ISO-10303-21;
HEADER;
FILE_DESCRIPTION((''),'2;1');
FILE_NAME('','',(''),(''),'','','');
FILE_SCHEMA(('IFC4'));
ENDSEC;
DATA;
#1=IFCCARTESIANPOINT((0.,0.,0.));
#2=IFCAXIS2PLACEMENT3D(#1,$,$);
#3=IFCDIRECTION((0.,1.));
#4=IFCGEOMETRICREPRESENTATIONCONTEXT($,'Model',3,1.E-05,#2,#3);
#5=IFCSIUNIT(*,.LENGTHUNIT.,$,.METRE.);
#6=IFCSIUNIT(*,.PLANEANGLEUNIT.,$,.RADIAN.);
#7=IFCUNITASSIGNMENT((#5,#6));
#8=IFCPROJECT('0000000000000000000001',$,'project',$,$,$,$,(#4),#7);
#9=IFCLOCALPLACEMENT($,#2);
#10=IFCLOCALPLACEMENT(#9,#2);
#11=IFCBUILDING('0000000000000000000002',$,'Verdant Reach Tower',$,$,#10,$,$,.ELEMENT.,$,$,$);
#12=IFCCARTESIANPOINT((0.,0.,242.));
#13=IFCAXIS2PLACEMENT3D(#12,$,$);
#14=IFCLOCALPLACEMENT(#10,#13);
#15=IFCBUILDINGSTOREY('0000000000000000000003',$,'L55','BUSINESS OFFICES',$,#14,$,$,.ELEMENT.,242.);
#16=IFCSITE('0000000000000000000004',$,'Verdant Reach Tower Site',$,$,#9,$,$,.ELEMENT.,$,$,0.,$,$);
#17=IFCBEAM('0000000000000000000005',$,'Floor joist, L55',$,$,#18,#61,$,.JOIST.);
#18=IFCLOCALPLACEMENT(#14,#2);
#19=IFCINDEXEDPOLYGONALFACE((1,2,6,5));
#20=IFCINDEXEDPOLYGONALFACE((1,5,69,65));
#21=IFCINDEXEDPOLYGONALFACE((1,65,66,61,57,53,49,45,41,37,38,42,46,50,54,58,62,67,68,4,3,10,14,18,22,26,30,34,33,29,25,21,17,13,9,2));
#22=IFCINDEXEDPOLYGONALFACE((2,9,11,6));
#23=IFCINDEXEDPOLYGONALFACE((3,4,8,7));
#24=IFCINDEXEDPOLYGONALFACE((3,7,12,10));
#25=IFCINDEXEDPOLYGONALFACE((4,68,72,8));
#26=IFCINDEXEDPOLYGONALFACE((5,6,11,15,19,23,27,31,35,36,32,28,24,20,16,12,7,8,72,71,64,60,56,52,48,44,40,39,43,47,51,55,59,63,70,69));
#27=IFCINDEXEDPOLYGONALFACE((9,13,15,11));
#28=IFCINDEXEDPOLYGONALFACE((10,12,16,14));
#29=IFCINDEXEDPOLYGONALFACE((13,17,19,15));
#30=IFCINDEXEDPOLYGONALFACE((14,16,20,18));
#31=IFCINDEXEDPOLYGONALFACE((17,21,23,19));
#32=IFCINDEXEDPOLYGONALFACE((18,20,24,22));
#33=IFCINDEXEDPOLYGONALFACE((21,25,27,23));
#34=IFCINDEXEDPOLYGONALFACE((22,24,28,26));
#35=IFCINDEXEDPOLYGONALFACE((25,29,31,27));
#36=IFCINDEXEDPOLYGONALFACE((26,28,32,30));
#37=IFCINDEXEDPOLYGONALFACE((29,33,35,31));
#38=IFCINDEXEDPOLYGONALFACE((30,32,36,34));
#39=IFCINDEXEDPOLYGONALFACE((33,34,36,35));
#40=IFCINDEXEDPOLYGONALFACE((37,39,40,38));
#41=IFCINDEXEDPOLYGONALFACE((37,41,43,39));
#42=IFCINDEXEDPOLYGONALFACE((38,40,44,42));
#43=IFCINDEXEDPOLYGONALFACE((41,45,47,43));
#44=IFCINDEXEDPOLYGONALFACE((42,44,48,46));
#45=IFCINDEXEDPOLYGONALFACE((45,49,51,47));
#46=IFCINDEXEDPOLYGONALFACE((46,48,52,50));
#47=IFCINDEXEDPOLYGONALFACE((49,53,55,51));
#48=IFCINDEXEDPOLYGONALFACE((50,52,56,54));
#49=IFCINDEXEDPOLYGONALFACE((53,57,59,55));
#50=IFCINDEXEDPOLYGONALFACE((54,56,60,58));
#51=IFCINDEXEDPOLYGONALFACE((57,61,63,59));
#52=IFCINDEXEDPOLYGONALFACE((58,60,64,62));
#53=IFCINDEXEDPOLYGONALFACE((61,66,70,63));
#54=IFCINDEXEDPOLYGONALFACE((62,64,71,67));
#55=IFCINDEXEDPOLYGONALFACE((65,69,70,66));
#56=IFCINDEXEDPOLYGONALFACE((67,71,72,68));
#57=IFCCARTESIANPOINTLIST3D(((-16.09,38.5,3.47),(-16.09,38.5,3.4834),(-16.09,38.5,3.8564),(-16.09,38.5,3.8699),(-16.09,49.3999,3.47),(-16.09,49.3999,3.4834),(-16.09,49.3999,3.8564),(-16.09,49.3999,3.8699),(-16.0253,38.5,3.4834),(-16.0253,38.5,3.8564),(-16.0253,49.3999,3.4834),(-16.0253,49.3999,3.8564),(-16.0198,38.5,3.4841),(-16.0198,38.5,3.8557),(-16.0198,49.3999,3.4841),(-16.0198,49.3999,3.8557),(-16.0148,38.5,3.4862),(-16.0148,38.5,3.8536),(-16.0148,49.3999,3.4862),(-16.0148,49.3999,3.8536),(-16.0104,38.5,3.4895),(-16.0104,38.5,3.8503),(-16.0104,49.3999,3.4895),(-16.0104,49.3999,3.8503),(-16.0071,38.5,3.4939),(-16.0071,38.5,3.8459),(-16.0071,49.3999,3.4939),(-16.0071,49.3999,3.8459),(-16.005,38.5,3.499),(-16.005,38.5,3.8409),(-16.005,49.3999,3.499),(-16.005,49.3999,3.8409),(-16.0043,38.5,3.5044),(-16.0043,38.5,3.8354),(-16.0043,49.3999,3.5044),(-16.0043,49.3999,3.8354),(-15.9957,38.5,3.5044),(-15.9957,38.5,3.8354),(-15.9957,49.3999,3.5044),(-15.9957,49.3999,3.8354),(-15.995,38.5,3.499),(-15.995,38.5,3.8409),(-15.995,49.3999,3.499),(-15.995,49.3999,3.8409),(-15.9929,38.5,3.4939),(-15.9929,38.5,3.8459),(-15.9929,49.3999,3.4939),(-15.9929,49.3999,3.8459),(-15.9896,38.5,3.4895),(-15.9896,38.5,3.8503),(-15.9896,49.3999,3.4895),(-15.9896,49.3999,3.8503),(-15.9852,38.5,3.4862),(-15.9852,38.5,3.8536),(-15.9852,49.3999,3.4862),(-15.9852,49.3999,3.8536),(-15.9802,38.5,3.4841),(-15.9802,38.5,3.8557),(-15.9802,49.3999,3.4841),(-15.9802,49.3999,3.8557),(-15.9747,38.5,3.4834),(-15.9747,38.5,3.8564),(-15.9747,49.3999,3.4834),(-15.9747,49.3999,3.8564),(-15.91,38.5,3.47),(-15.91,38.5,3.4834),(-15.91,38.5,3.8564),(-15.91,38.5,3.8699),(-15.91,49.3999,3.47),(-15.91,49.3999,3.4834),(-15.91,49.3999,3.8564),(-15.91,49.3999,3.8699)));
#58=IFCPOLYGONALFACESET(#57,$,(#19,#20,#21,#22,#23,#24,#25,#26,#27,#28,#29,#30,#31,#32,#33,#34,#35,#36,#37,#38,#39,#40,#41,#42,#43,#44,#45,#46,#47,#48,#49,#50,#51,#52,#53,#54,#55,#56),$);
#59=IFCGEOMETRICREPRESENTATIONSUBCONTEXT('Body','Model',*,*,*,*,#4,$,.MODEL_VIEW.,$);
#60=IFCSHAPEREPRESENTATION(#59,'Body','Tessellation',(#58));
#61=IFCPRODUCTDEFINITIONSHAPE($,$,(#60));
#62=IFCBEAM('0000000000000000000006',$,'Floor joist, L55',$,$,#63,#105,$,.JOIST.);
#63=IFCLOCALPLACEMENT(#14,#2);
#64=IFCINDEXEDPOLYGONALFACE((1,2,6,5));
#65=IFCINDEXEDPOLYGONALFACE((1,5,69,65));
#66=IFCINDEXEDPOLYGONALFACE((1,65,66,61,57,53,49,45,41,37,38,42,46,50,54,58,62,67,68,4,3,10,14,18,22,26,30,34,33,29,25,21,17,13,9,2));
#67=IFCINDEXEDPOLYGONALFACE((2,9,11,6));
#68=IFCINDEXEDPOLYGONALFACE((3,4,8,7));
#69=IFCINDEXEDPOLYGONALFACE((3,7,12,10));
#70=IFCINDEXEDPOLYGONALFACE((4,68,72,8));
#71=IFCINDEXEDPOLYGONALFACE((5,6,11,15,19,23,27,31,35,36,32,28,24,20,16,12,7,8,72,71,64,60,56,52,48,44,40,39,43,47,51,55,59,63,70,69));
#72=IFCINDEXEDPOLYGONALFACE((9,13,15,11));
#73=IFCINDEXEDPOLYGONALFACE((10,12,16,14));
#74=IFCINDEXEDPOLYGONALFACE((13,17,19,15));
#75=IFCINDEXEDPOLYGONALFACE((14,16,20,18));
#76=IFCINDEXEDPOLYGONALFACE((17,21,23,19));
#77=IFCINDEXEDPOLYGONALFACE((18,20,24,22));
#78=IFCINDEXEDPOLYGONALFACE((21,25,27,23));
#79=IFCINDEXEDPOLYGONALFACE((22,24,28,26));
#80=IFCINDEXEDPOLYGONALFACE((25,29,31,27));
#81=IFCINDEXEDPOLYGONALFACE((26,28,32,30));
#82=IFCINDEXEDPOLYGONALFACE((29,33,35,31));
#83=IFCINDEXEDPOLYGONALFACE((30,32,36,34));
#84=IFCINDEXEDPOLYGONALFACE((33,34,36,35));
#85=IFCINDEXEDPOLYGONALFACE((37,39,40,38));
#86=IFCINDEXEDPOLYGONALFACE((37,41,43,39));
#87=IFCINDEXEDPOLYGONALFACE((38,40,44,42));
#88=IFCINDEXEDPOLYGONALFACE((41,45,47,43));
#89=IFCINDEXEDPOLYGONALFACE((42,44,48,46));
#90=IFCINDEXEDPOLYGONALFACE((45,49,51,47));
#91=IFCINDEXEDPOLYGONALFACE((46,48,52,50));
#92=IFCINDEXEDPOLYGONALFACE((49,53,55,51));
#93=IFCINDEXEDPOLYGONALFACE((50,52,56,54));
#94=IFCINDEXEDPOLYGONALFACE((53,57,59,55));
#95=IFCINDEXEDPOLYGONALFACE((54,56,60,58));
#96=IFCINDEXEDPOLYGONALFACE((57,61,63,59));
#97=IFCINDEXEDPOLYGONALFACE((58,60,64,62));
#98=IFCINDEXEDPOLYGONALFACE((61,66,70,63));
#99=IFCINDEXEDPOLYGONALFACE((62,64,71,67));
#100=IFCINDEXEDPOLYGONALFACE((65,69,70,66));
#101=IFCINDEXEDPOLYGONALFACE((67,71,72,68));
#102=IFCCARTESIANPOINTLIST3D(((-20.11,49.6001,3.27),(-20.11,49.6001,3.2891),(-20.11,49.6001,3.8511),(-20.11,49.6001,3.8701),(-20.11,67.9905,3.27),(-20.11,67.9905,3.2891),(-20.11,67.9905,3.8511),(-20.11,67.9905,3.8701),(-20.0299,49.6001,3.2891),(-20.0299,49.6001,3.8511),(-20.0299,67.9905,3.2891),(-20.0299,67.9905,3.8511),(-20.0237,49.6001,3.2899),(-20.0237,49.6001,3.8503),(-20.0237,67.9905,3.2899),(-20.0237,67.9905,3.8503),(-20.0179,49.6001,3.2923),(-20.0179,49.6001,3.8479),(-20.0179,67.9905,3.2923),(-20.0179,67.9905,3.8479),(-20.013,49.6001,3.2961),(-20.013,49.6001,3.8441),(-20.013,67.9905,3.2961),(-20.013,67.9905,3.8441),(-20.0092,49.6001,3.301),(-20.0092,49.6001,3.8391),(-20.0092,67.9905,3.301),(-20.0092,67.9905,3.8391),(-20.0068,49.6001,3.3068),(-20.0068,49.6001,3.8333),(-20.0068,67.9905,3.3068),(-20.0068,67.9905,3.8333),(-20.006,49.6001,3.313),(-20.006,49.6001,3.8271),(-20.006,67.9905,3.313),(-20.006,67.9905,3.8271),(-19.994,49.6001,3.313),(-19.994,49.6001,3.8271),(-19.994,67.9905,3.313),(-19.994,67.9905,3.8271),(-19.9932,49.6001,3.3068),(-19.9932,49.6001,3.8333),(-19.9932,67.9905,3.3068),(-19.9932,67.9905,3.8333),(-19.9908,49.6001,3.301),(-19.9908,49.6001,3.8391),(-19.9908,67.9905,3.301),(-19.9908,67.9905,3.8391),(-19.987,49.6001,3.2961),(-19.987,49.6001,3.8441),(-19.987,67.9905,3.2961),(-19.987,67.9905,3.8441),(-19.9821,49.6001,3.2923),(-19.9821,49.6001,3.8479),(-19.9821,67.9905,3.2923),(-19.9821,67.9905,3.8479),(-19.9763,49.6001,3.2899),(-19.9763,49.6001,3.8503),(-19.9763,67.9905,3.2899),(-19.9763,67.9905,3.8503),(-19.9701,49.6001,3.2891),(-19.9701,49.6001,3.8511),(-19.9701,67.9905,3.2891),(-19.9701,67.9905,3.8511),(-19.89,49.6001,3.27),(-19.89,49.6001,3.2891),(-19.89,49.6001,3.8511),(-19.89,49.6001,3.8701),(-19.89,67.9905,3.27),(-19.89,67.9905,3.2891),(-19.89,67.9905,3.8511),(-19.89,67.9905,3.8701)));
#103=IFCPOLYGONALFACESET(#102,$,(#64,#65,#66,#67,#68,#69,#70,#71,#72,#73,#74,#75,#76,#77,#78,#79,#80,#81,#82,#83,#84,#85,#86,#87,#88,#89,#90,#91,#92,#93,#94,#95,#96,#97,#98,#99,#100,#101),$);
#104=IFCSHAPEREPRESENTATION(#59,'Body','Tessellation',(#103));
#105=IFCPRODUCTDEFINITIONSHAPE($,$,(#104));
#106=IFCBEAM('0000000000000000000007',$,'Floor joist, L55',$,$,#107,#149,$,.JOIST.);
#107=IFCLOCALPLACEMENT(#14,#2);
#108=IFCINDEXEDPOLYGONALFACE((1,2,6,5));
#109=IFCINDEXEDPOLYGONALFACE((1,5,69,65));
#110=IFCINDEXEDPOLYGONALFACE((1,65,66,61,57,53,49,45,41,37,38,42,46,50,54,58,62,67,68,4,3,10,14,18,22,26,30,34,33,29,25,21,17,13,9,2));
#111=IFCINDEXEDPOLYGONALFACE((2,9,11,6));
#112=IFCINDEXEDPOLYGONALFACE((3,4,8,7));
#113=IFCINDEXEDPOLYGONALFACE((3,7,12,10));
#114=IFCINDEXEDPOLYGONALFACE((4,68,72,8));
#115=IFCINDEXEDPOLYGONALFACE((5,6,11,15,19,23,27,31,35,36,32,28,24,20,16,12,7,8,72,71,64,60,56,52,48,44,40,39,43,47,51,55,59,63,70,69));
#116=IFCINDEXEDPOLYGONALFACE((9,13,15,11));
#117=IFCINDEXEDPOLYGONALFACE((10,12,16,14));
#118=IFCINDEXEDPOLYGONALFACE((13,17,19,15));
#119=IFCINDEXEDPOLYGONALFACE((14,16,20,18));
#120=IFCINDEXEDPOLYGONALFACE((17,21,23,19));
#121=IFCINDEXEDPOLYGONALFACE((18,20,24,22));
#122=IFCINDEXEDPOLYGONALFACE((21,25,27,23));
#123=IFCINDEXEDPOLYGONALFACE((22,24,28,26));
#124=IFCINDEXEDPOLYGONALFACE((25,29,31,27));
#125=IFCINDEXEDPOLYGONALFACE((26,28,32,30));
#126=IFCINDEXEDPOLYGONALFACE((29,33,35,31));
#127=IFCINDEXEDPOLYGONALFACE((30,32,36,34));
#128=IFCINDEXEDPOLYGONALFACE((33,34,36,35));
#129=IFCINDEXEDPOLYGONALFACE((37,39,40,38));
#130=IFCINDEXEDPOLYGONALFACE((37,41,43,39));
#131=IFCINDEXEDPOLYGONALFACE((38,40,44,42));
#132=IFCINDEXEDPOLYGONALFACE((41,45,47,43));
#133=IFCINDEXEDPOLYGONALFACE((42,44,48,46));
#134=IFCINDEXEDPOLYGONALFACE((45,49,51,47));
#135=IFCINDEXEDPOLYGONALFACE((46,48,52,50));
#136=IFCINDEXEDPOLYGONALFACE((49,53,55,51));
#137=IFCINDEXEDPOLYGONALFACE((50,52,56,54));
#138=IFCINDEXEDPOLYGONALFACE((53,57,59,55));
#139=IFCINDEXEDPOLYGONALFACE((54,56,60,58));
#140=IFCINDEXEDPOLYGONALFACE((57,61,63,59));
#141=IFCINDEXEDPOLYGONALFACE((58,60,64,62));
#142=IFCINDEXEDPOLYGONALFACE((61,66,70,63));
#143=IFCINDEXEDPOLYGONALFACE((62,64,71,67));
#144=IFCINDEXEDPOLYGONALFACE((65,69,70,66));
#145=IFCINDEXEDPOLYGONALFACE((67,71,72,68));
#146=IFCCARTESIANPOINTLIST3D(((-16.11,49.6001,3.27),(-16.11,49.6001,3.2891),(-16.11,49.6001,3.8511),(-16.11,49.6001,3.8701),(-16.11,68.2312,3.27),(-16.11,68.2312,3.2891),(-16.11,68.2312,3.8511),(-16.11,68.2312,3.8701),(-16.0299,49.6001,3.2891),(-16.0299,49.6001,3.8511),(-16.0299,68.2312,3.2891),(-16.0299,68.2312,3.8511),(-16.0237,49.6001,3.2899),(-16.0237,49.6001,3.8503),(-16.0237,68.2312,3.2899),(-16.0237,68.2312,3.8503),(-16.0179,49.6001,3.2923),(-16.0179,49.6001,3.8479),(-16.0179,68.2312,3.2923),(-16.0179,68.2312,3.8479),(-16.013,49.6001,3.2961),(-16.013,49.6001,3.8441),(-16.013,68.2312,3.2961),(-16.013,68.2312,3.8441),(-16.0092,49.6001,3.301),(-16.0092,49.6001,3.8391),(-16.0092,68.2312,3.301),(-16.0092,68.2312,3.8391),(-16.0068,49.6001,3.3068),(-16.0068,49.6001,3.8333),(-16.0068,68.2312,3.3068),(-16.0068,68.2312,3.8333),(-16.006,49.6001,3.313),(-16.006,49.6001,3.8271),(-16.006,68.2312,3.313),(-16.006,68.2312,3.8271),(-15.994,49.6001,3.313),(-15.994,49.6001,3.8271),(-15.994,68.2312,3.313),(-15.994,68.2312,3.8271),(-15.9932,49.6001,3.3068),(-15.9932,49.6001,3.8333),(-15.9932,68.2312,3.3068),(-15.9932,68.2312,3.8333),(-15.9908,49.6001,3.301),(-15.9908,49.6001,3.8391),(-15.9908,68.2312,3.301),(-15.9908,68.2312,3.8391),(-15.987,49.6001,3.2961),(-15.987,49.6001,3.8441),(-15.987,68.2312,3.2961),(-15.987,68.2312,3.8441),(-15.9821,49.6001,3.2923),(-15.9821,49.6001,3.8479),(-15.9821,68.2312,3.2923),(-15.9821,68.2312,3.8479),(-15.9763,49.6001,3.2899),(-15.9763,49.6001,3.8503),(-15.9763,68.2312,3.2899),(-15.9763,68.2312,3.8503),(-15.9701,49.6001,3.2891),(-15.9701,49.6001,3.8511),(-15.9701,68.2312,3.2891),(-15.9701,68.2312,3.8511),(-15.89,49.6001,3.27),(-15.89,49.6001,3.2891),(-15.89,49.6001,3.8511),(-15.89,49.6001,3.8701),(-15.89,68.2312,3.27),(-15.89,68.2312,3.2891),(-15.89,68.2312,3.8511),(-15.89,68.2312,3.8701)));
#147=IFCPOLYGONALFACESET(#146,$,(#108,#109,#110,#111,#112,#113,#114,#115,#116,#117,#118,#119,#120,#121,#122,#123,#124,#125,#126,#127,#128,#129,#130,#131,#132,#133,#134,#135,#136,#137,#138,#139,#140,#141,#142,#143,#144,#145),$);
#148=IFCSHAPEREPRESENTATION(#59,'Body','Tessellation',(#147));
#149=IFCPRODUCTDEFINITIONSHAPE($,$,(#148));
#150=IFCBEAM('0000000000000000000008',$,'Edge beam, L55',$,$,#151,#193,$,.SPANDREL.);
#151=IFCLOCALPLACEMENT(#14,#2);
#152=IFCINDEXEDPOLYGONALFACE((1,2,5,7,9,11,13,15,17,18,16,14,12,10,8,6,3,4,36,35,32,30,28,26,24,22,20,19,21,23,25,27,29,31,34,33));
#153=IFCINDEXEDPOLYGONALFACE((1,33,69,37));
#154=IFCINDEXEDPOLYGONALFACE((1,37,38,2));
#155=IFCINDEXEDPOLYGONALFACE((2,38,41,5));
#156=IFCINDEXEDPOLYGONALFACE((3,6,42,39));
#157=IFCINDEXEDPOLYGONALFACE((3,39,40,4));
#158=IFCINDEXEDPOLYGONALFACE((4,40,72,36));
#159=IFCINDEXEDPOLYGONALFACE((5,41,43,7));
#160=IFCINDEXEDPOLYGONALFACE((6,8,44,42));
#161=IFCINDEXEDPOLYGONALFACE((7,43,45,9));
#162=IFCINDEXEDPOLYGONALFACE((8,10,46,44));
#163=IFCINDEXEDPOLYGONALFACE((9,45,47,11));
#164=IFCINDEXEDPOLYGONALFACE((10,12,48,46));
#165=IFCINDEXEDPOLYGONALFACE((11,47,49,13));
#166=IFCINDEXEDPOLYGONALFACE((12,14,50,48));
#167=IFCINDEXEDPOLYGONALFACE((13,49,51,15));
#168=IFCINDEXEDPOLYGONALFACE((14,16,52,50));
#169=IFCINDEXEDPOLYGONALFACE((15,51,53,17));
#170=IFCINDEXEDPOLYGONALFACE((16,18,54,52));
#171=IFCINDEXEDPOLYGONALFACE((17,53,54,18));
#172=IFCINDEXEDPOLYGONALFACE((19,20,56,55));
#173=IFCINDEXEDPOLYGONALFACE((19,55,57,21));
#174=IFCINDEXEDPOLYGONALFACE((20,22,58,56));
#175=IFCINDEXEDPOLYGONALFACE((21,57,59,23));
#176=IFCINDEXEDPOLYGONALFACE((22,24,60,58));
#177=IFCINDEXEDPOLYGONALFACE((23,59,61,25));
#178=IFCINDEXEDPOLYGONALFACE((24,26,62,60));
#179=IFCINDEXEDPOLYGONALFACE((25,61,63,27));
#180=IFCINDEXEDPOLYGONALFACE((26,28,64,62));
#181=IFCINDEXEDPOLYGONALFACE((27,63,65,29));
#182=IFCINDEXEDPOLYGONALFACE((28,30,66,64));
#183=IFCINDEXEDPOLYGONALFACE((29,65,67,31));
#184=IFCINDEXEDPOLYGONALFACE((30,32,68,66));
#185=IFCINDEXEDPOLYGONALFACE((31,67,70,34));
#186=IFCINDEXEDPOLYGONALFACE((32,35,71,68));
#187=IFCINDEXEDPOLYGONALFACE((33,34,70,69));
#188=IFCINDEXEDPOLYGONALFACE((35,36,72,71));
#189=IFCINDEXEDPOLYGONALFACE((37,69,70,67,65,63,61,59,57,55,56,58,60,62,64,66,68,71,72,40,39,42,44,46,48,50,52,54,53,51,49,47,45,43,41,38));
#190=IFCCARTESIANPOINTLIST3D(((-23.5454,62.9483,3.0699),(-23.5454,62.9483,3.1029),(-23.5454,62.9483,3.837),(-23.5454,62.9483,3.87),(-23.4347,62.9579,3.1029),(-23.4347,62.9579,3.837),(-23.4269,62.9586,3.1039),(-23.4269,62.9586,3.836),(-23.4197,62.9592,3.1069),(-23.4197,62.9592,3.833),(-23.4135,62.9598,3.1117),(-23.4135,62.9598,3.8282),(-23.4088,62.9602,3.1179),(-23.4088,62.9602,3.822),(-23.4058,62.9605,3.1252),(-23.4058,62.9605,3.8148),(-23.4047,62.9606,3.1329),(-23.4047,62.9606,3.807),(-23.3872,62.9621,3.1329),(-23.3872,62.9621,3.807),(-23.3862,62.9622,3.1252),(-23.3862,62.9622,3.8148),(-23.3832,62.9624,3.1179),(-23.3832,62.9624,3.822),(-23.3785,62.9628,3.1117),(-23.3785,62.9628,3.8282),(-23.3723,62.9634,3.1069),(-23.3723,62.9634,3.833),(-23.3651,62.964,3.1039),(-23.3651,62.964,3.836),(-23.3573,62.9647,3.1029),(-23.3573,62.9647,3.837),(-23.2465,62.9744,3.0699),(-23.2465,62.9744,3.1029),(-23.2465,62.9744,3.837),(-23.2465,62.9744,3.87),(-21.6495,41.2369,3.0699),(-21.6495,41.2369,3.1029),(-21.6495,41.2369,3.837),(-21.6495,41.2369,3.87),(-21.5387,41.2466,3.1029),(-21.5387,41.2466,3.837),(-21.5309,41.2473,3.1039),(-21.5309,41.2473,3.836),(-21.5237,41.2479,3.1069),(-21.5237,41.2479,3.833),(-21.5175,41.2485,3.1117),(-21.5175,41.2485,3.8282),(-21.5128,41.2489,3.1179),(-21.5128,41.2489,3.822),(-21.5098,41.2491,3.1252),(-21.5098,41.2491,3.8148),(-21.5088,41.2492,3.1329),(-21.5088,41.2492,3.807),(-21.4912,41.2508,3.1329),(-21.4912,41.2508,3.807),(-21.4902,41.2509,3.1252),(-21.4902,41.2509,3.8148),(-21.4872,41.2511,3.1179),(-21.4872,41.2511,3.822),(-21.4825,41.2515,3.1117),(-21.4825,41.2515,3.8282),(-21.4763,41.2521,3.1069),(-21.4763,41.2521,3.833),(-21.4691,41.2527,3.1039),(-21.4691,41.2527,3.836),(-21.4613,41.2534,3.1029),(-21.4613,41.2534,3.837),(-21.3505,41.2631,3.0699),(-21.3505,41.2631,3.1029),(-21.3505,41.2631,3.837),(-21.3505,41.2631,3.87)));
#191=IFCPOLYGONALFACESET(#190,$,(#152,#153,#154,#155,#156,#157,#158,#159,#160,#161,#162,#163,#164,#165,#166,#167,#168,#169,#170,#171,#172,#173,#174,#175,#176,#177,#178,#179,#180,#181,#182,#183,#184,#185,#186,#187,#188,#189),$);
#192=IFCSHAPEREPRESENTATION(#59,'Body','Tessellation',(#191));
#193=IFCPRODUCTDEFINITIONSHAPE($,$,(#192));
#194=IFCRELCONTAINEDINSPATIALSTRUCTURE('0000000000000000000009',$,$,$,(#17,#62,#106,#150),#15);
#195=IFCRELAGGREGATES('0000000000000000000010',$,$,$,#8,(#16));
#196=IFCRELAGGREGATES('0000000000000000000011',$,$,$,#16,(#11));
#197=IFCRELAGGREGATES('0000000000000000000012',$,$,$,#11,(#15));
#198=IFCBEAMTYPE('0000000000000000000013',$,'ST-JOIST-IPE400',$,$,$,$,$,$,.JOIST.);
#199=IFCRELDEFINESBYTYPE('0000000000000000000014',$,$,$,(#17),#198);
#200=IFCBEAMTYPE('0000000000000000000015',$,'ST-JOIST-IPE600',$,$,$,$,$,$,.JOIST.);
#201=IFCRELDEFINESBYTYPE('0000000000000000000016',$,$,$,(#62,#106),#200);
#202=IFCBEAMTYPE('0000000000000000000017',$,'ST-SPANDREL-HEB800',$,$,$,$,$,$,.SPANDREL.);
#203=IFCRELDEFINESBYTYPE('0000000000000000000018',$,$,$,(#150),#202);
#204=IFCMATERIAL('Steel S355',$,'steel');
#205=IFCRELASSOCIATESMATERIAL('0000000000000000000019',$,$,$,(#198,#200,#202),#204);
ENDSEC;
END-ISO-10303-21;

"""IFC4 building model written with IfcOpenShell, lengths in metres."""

from ifc_helpers import new_model, si_unit, direction, frame, origin, origin_2d, place, context, subcontext, project, spatial, i_section, extrude, material, material_profile, profile_set, type_object, element, save


model = new_model("IFC4")

# Units and contexts
model_context = context("Model", 3, precision=1e-05, world=origin(), true_north=direction((0.0, 1.0)))
body_context = subcontext(model_context, "Body", "Model", "MODEL_VIEW")
ifc_project = project(units=[si_unit("LENGTHUNIT", "METRE"), si_unit("PLANEANGLEUNIT", "RADIAN")], contexts=[model_context])

# Site, building, storey
site_placement = place(None, origin())
site = spatial("IfcSite", under=ifc_project, at=site_placement, Name="Verdant Reach Tower Site", CompositionType="ELEMENT", RefElevation=0.0)
building_placement = place(site_placement, origin())
building = spatial("IfcBuilding", under=site, at=building_placement, Name="Verdant Reach Tower", CompositionType="ELEMENT")
storey_placement = place(building_placement, frame((0.0, 0.0, 242.0)))
storey = spatial("IfcBuildingStorey", under=building, at=storey_placement, Name="L55", Description="BUSINESS OFFICES", CompositionType="ELEMENT", Elevation=242.0)

# Beams
ifc_material_1 = material(Name="Steel S355", Category="steel")
ifc_material_profile_1 = material_profile(ifc_material_1, i_section(OverallWidth=0.1799, OverallDepth=0.3999, WebThickness=0.0085, FlangeThickness=0.0134, FilletRadius=0.021, at=origin_2d()), Name="IPE 400")
ifc_profile_set_1 = profile_set([ifc_material_profile_1], Name="Steel S355")
beam_type_1 = type_object("IfcBeamType", Name="ST-JOIST-IPE400", PredefinedType="JOIST", material=ifc_profile_set_1)
for number, where, z_axis, x_axis, name in (
    (1, (-16.0, 38.5, 3.6699), (0.0, 1.0, 0.0), (-1.0, 0.0, 0.0), "Floor joist, L55"),
):
    element("IfcBeam", number, at=place(storey_placement, frame(where, z_axis=z_axis, x_axis=x_axis)), inside=storey, type_object=beam_type_1, Name=name, PredefinedType="JOIST", context=body_context, shape_type="SweptSolid", body=[
        extrude(i_section(OverallWidth=0.1799, OverallDepth=0.3999, WebThickness=0.0085, FlangeThickness=0.0134, FilletRadius=0.021, at=origin_2d()), origin(), (0.0, 0.0, 1.0), 10.8999),
    ])
ifc_material_profile_2 = material_profile(ifc_material_1, i_section(OverallWidth=0.22, OverallDepth=0.6001, WebThickness=0.012, FlangeThickness=0.019, FilletRadius=0.0239, at=origin_2d()), Name="IPE 600")
ifc_profile_set_2 = profile_set([ifc_material_profile_2], Name="Steel S355")
beam_type_2 = type_object("IfcBeamType", Name="ST-JOIST-IPE600", PredefinedType="JOIST", material=ifc_profile_set_2)
beam_1_placement = place(storey_placement, frame((-20.0, 49.6001, 3.5701), z_axis=(0.0, 1.0, 0.0), x_axis=(-1.0, 0.0, 0.0)))
element("IfcBeam", 2, at=beam_1_placement, inside=storey, type_object=beam_type_2, Name="Floor joist, L55", PredefinedType="JOIST", context=body_context, shape_type="SweptSolid", body=[
    extrude(i_section(OverallWidth=0.22, OverallDepth=0.6001, WebThickness=0.012, FlangeThickness=0.019, FilletRadius=0.0239, at=origin_2d()), origin(), (0.0, 0.0, 1.0), 18.3904),
])
beam_2_placement = place(storey_placement, frame((-16.0, 49.6001, 3.5701), z_axis=(0.0, 1.0, 0.0), x_axis=(-1.0, 0.0, 0.0)))
element("IfcBeam", 3, at=beam_2_placement, inside=storey, type_object=beam_type_2, Name="Floor joist, L55", PredefinedType="JOIST", context=body_context, shape_type="SweptSolid", body=[
    extrude(i_section(OverallWidth=0.22, OverallDepth=0.6001, WebThickness=0.012, FlangeThickness=0.019, FilletRadius=0.0239, at=origin_2d()), origin(), (0.0, 0.0, 1.0), 18.6311),
])
ifc_material_profile_3 = material_profile(ifc_material_1, i_section(OverallWidth=0.3, OverallDepth=0.8, WebThickness=0.0176, FlangeThickness=0.033, FilletRadius=0.03, at=origin_2d()), Name="HEB 800")
ifc_profile_set_3 = profile_set([ifc_material_profile_3], Name="Steel S355")
beam_type_3 = type_object("IfcBeamType", Name="ST-SPANDREL-HEB800", PredefinedType="SPANDREL", material=ifc_profile_set_3)
beam_3_placement = place(storey_placement, frame((-21.5, 41.25, 3.47), z_axis=(-0.086996, 0.996209, 0.0), x_axis=(-0.996209, -0.086996, 0.0)))
element("IfcBeam", 4, at=beam_3_placement, inside=storey, type_object=beam_type_3, Name="Edge beam, L55", PredefinedType="SPANDREL", context=body_context, shape_type="SweptSolid", body=[
    extrude(i_section(OverallWidth=0.3, OverallDepth=0.8, WebThickness=0.0176, FlangeThickness=0.033, FilletRadius=0.03, at=origin_2d()), origin(), (0.0, 0.0, 1.0), 21.7939),
])

save(model, "model.ifc")
